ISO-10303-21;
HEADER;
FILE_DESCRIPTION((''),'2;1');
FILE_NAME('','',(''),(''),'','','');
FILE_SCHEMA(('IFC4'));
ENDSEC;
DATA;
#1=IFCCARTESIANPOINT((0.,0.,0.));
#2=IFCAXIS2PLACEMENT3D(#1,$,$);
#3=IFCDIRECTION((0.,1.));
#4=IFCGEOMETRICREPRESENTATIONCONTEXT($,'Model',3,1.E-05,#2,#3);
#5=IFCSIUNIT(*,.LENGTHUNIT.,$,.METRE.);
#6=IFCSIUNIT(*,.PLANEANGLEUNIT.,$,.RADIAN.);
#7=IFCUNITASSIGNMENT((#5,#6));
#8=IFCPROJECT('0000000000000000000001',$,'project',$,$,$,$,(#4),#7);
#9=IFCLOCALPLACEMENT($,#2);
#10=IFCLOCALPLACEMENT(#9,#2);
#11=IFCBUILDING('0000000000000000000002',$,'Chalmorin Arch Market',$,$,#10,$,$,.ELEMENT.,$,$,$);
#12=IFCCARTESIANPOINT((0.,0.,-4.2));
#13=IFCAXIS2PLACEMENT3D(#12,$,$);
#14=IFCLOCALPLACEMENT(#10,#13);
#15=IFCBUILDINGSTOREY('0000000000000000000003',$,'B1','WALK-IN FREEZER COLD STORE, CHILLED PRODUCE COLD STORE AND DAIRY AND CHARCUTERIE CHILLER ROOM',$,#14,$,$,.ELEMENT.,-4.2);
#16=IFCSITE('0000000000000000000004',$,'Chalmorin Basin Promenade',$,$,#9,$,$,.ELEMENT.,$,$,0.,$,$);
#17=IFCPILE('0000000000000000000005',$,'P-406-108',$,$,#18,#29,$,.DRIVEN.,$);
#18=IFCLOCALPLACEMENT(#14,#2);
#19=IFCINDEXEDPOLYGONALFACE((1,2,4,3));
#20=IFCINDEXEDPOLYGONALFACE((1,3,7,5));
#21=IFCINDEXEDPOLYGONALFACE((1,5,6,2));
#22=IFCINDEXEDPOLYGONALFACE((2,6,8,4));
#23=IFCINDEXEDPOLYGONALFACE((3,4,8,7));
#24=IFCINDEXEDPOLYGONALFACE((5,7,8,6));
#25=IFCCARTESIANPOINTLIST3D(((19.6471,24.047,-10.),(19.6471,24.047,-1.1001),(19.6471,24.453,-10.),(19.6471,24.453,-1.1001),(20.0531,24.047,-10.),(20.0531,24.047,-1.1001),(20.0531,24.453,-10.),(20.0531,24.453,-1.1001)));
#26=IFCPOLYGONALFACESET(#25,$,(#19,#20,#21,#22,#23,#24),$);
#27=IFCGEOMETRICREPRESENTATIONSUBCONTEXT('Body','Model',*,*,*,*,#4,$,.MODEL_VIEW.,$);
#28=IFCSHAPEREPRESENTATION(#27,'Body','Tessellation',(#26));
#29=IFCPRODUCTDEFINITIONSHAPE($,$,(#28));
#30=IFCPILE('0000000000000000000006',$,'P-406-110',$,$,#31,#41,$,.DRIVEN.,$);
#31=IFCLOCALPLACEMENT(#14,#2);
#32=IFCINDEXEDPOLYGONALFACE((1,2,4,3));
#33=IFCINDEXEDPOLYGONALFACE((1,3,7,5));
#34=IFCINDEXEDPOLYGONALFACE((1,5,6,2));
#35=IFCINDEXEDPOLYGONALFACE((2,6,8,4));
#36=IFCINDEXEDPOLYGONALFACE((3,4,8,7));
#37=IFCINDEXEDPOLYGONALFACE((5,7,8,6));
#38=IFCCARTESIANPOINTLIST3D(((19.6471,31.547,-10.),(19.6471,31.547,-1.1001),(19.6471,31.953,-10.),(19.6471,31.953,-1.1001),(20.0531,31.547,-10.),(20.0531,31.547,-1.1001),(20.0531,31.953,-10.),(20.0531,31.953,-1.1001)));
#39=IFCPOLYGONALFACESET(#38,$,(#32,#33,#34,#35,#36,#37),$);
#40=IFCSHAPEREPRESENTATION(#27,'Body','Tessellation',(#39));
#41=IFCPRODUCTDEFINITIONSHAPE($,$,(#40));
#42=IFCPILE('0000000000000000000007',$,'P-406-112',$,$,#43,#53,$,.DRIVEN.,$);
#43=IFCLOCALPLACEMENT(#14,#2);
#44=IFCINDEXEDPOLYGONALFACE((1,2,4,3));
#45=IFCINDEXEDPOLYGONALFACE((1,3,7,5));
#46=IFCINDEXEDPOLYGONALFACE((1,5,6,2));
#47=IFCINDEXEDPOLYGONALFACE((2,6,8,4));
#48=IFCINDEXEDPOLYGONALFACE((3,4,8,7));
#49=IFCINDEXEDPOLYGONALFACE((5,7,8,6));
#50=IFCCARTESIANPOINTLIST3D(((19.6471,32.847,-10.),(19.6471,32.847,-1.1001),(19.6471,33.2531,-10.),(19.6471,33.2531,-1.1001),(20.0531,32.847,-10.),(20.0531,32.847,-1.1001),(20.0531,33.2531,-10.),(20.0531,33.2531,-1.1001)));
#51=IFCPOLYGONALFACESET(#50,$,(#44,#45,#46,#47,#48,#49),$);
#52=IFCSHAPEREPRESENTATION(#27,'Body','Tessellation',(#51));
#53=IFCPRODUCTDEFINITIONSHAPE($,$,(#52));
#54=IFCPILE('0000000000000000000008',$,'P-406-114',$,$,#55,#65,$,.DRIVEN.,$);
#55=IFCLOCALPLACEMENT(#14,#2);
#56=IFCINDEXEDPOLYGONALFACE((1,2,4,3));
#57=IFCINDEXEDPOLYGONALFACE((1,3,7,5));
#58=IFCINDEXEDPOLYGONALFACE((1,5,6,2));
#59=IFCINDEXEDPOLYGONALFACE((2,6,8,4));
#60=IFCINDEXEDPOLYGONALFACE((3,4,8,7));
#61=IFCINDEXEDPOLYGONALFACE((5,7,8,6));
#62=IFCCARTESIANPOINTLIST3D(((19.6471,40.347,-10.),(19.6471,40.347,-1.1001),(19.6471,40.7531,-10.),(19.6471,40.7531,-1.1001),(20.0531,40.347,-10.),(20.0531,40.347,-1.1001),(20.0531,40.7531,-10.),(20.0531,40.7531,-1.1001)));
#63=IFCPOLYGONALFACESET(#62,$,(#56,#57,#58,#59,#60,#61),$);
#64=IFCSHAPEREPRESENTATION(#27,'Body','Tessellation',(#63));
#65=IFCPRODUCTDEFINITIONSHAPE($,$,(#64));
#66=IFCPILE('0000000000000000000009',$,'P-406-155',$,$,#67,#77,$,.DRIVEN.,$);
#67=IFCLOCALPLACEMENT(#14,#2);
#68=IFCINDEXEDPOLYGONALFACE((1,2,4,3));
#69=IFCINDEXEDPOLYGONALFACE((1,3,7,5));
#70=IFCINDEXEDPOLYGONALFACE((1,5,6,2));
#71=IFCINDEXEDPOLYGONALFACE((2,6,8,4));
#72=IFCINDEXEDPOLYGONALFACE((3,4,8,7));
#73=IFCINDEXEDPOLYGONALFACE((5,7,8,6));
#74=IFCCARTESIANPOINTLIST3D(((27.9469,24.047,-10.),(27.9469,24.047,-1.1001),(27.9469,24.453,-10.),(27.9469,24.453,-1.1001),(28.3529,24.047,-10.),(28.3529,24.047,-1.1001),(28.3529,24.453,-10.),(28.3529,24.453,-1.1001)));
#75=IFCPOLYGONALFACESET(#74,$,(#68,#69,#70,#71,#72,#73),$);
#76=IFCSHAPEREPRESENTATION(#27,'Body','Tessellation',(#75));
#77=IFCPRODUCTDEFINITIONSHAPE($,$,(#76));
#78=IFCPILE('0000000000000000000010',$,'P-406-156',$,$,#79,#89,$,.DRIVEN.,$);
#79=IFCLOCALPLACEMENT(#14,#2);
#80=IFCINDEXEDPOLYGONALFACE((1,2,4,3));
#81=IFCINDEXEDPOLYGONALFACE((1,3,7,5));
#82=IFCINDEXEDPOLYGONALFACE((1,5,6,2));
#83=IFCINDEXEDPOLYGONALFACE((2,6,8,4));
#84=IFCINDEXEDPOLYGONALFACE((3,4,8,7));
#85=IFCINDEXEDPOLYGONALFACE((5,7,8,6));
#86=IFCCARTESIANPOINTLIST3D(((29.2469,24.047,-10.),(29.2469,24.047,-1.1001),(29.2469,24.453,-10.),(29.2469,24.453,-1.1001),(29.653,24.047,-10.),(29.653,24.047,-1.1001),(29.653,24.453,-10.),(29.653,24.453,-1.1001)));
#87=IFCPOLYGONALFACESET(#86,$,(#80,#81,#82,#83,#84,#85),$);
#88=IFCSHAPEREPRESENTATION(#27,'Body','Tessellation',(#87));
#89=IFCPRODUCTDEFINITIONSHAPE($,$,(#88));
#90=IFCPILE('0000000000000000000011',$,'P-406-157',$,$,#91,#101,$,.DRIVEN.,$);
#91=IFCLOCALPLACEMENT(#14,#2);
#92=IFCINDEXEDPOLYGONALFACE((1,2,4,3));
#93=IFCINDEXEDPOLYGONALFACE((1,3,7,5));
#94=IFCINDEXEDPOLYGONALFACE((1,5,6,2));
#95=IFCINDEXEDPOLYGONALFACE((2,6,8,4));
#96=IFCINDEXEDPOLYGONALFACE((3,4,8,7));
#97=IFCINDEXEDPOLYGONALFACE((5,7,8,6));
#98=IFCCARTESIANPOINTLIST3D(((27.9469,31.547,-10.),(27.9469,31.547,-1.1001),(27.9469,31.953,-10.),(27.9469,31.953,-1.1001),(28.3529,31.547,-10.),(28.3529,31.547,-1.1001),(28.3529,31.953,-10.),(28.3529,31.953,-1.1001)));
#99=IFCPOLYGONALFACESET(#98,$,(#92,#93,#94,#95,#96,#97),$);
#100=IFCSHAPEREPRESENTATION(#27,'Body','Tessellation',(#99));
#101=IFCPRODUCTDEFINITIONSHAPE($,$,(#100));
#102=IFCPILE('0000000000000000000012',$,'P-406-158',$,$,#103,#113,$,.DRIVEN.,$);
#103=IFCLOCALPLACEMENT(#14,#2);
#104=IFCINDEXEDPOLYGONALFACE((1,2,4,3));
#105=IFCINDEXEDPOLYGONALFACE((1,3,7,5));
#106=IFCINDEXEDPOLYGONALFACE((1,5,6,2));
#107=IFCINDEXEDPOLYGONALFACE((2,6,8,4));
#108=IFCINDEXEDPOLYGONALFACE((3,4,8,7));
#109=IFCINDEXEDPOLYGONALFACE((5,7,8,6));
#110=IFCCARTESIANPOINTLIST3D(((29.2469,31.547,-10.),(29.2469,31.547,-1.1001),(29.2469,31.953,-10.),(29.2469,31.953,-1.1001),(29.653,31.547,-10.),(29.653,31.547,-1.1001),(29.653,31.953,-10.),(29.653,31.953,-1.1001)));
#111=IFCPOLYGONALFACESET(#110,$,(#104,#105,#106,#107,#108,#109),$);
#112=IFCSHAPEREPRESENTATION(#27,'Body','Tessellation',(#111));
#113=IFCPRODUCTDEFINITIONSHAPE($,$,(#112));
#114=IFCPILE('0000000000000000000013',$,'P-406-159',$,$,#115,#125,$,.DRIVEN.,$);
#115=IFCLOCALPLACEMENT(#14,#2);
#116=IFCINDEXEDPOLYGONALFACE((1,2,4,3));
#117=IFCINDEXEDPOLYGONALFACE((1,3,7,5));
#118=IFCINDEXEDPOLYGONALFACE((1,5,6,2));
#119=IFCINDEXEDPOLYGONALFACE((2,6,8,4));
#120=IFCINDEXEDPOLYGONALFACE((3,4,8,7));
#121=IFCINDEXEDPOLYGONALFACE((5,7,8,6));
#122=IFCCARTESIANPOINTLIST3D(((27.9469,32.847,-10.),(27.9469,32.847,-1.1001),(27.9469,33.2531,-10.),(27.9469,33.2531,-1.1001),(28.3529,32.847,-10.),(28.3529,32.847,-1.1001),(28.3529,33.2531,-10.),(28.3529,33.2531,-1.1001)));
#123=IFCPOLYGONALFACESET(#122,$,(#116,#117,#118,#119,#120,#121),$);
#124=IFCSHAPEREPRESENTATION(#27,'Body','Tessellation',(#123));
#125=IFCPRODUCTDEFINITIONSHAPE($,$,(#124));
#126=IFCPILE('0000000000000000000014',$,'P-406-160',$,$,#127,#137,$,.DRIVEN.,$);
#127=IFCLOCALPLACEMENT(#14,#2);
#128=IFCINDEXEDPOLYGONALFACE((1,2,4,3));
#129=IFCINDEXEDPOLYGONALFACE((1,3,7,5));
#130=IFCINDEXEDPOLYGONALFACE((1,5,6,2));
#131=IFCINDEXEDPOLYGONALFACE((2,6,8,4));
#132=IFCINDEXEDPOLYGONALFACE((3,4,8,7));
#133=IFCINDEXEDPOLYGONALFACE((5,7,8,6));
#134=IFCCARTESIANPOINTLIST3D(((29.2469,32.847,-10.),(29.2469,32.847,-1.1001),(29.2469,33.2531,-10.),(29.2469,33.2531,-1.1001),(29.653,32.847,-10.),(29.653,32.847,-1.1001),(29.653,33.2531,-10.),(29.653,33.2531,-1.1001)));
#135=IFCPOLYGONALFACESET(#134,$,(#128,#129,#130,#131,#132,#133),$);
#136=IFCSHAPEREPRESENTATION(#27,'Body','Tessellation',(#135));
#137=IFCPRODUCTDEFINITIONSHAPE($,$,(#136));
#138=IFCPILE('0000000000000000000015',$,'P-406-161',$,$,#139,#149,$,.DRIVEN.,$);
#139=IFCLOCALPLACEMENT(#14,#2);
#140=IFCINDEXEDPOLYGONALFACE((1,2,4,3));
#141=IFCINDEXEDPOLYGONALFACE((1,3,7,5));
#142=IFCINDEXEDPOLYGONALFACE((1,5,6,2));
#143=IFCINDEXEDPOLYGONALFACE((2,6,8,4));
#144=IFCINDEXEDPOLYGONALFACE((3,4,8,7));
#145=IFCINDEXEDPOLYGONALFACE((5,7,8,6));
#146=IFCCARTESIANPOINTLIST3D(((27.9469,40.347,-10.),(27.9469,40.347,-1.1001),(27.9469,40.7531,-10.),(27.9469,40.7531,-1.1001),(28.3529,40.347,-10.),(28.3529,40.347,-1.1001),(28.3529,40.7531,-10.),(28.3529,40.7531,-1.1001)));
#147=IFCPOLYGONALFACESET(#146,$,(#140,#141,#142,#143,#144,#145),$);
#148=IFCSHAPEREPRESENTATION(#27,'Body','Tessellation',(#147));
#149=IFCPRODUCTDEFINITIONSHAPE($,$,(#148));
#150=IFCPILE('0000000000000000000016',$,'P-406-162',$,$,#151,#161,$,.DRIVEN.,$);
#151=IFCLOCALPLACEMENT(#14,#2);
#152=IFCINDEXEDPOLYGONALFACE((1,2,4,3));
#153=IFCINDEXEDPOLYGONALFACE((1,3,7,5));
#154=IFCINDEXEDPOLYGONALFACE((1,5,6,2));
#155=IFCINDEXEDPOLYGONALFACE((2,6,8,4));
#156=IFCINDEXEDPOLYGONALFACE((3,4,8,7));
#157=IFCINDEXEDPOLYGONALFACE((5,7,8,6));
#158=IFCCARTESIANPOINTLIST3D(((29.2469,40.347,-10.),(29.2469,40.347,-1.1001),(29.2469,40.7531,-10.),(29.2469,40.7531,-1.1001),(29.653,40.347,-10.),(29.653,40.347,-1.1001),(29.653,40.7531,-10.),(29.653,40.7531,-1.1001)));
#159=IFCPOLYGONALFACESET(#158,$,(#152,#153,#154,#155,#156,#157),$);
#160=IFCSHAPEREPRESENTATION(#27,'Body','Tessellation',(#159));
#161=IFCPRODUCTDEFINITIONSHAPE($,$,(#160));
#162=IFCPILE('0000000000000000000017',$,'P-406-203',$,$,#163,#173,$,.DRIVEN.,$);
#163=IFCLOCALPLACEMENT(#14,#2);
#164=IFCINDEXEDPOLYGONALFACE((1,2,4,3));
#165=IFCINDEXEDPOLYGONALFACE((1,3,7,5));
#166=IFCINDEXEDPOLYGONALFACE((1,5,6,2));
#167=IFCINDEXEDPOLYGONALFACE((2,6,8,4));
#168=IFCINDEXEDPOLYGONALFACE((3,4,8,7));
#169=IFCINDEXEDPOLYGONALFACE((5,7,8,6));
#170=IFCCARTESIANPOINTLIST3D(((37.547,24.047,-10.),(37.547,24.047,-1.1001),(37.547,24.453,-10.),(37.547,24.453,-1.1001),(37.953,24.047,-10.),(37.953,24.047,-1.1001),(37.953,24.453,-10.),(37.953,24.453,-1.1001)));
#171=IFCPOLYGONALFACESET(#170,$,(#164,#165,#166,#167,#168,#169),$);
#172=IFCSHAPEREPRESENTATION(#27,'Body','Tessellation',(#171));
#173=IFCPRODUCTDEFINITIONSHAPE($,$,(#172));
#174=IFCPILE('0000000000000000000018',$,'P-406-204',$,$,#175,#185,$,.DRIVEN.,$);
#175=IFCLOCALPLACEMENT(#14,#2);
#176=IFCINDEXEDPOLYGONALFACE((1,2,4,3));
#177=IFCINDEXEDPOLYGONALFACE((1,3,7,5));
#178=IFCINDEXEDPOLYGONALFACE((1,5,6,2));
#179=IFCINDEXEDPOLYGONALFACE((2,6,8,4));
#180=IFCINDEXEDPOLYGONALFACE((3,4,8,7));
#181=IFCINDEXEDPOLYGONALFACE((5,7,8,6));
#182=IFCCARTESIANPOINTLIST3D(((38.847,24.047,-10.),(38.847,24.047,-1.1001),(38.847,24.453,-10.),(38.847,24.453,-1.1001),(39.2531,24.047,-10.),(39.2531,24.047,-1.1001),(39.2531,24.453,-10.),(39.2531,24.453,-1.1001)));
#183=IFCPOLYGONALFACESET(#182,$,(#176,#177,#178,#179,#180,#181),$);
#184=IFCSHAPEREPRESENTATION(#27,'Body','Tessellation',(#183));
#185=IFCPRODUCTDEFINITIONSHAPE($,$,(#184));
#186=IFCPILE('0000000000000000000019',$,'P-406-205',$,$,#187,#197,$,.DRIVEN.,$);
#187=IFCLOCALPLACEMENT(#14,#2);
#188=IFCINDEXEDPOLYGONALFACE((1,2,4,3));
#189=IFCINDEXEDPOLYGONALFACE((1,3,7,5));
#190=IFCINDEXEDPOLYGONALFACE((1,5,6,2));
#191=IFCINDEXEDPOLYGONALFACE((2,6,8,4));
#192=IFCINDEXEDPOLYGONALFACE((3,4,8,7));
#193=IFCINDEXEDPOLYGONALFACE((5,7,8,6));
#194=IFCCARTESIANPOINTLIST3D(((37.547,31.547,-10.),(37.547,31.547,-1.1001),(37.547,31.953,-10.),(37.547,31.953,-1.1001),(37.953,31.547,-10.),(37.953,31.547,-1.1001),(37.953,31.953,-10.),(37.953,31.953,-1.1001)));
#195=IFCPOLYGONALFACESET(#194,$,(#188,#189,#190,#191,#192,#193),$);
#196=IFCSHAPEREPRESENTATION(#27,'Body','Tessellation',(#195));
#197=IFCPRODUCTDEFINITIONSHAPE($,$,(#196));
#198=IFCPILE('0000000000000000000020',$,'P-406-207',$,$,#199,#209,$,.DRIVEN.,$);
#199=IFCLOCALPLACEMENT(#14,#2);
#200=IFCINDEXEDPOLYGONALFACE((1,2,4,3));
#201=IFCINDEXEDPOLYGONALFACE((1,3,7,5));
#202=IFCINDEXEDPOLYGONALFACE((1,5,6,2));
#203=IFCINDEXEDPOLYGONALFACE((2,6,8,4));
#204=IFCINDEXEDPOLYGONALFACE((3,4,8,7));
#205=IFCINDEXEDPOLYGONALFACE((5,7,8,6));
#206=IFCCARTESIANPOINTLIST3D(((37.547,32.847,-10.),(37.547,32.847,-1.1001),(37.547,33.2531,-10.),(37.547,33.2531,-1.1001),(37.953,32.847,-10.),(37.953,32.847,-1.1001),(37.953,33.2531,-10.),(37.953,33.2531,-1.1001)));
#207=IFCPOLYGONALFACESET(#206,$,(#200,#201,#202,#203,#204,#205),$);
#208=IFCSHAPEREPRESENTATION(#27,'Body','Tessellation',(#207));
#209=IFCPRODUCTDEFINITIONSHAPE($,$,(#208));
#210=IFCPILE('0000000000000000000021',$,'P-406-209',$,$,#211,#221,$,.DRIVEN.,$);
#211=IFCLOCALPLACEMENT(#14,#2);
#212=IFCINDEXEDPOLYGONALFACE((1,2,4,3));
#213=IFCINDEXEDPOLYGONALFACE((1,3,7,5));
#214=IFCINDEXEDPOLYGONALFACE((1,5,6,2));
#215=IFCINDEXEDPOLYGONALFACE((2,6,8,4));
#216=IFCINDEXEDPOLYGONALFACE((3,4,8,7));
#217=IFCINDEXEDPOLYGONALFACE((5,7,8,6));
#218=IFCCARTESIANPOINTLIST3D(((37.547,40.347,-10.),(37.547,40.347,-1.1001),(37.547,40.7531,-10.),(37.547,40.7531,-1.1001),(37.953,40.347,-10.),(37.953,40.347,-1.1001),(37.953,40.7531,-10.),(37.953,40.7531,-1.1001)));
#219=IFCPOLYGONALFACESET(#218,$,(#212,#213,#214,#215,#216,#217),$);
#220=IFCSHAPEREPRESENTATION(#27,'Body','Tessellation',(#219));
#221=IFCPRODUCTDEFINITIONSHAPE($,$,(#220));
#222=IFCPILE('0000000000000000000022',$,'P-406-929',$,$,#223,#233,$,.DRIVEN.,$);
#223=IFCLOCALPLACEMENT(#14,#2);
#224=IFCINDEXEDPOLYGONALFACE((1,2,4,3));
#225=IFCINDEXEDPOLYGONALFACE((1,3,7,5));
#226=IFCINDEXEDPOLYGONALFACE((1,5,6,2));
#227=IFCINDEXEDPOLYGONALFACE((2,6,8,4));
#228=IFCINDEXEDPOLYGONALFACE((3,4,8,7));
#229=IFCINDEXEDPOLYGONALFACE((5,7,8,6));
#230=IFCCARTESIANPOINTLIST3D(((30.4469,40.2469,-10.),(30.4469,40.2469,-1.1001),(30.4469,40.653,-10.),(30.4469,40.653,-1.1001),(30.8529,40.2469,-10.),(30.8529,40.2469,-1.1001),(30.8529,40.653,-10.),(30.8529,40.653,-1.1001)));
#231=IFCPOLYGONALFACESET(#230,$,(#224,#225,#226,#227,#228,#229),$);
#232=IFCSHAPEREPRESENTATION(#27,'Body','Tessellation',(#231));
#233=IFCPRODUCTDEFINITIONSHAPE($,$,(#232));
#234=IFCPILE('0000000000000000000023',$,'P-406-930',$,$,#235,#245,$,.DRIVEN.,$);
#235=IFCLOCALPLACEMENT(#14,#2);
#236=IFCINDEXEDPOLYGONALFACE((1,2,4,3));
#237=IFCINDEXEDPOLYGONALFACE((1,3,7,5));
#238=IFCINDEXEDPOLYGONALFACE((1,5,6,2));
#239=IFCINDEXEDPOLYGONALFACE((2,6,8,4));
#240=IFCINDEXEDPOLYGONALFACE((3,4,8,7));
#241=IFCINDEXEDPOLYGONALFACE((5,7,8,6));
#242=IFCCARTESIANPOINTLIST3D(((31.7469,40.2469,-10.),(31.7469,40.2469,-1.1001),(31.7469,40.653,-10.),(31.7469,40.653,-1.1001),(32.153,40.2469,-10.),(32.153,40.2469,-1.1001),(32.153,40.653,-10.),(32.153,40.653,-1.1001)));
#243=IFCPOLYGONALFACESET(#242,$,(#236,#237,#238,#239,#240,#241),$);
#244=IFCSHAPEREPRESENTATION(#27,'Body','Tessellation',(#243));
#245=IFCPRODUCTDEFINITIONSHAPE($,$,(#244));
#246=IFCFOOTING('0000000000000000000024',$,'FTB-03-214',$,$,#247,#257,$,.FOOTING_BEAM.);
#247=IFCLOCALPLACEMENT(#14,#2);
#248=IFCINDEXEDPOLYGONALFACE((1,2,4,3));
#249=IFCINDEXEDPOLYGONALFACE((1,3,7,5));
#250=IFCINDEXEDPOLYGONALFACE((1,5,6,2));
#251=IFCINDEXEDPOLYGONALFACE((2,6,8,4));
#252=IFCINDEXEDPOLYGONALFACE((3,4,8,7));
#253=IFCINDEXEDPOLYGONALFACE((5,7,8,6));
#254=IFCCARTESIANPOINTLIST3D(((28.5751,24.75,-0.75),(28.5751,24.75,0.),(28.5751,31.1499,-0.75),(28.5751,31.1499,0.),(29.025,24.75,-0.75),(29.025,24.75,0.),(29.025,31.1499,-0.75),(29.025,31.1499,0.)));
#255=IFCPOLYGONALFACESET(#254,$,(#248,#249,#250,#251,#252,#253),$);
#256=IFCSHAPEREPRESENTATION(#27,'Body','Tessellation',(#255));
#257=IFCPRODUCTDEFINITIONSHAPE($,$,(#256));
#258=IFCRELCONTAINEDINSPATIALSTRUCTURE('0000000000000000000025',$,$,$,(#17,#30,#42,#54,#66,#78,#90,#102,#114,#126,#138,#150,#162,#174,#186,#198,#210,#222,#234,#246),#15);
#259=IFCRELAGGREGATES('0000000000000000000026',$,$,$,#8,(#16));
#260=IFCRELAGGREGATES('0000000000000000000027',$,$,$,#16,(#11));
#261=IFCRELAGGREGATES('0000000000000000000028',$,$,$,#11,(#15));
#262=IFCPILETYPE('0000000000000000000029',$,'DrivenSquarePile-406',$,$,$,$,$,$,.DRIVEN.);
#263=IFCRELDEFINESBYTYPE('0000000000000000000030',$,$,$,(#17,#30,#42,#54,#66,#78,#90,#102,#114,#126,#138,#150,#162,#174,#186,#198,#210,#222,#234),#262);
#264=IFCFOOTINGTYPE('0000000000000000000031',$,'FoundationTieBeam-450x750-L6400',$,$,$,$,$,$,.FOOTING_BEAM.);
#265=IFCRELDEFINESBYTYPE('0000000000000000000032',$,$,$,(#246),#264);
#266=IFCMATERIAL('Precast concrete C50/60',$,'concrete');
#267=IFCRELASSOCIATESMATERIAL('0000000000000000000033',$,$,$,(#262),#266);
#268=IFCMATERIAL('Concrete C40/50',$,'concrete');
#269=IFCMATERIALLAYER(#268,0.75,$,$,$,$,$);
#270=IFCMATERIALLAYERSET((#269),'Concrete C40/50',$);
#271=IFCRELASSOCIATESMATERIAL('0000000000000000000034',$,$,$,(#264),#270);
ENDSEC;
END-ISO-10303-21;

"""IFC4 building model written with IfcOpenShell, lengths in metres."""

from ifc_helpers import new_model, si_unit, direction, frame, origin, origin_2d, place, context, subcontext, project, spatial, rectangle, extrude, material, layer, layer_set, material_profile, profile_set, type_object, element, save


model = new_model("IFC4")

# Units and contexts
model_context = context("Model", 3, precision=1e-05, world=origin(), true_north=direction((0.0, 1.0)))
body_context = subcontext(model_context, "Body", "Model", "MODEL_VIEW")
ifc_project = project(units=[si_unit("LENGTHUNIT", "METRE"), si_unit("PLANEANGLEUNIT", "RADIAN")], contexts=[model_context])

# Site, building, storey
site_placement = place(None, origin())
site = spatial("IfcSite", under=ifc_project, at=site_placement, Name="Chalmorin Basin Promenade", CompositionType="ELEMENT", RefElevation=0.0)
building_placement = place(site_placement, origin())
building = spatial("IfcBuilding", under=site, at=building_placement, Name="Chalmorin Arch Market", CompositionType="ELEMENT")
storey_placement = place(building_placement, frame((0.0, 0.0, -4.2)))
storey = spatial("IfcBuildingStorey", under=building, at=storey_placement, Name="B1", Description="WALK-IN FREEZER COLD STORE, CHILLED PRODUCE COLD STORE AND DAIRY AND CHARCUTERIE CHILLER ROOM", CompositionType="ELEMENT", Elevation=-4.2)

# Piles
ifc_material_1 = material(Name="Precast concrete C50/60", Category="concrete")
ifc_material_profile_1 = material_profile(ifc_material_1, rectangle(XDim=0.406, YDim=0.406, at=origin_2d()), Name="PPC406")
ifc_profile_set_1 = profile_set([ifc_material_profile_1], Name="Precast concrete C50/60")
pile_type = type_object("IfcPileType", Name="DrivenSquarePile-406", PredefinedType="DRIVEN", material=ifc_profile_set_1)
for number, where, z_axis, x_axis, name in (
    (1, (19.8501, 24.25, -1.1001), (0.0, 0.0, -1.0), (1.0, 0.0, 0.0), "P-406-108"),
    (2, (19.8501, 31.75, -1.1001), (0.0, 0.0, -1.0), (1.0, 0.0, 0.0), "P-406-110"),
    (3, (19.8501, 33.05, -1.1001), (0.0, 0.0, -1.0), (1.0, 0.0, 0.0), "P-406-112"),
    (4, (19.8501, 40.55, -1.1001), (0.0, 0.0, -1.0), (1.0, 0.0, 0.0), "P-406-114"),
    (5, (28.1499, 24.25, -1.1001), (0.0, 0.0, -1.0), (1.0, 0.0, 0.0), "P-406-155"),
    (6, (29.45, 24.25, -1.1001), (0.0, 0.0, -1.0), (1.0, 0.0, 0.0), "P-406-156"),
    (7, (28.1499, 31.75, -1.1001), (0.0, 0.0, -1.0), (1.0, 0.0, 0.0), "P-406-157"),
    (8, (29.45, 31.75, -1.1001), (0.0, 0.0, -1.0), (1.0, 0.0, 0.0), "P-406-158"),
    (9, (28.1499, 33.05, -1.1001), (0.0, 0.0, -1.0), (1.0, 0.0, 0.0), "P-406-159"),
    (10, (29.45, 33.05, -1.1001), (0.0, 0.0, -1.0), (1.0, 0.0, 0.0), "P-406-160"),
    (11, (28.1499, 40.55, -1.1001), (0.0, 0.0, -1.0), (1.0, 0.0, 0.0), "P-406-161"),
    (12, (29.45, 40.55, -1.1001), (0.0, 0.0, -1.0), (1.0, 0.0, 0.0), "P-406-162"),
    (13, (37.75, 24.25, -1.1001), (0.0, 0.0, -1.0), (1.0, 0.0, 0.0), "P-406-203"),
    (14, (39.05, 24.25, -1.1001), (0.0, 0.0, -1.0), (1.0, 0.0, 0.0), "P-406-204"),
    (15, (37.75, 31.75, -1.1001), (0.0, 0.0, -1.0), (1.0, 0.0, 0.0), "P-406-205"),
    (16, (37.75, 33.05, -1.1001), (0.0, 0.0, -1.0), (1.0, 0.0, 0.0), "P-406-207"),
    (17, (37.75, 40.55, -1.1001), (0.0, 0.0, -1.0), (1.0, 0.0, 0.0), "P-406-209"),
    (18, (30.6499, 40.45, -1.1001), (0.0, 0.0, -1.0), (1.0, 0.0, 0.0), "P-406-929"),
    (19, (31.95, 40.45, -1.1001), (0.0, 0.0, -1.0), (1.0, 0.0, 0.0), "P-406-930"),
):
    element("IfcPile", number, at=place(storey_placement, frame(where, z_axis=z_axis, x_axis=x_axis)), inside=storey, type_object=pile_type, Name=name, PredefinedType="DRIVEN", context=body_context, shape_type="SweptSolid", body=[
        extrude(rectangle(XDim=0.406, YDim=0.406, at=origin_2d()), origin(), (0.0, 0.0, 1.0), 8.8999),
    ])

# Footing
ifc_material_2 = material(Name="Concrete C40/50", Category="concrete")
ifc_layer_1 = layer(ifc_material_2, 0.75)
ifc_layer_set_1 = layer_set([ifc_layer_1], Name="Concrete C40/50")
footing_type_1 = type_object("IfcFootingType", Name="FoundationTieBeam-450x750-L6400", PredefinedType="FOOTING_BEAM", material=ifc_layer_set_1)
for number, where, z_axis, x_axis, name in (
    (20, (28.8, 27.95, -0.75), (0.0, 0.0, 1.0), (0.0, 1.0, 0.0), "FTB-03-214"),
):
    element("IfcFooting", number, at=place(storey_placement, frame(where, z_axis=z_axis, x_axis=x_axis)), inside=storey, type_object=footing_type_1, Name=name, PredefinedType="FOOTING_BEAM", context=body_context, shape_type="SweptSolid", body=[
        extrude(rectangle(XDim=6.3999, YDim=0.45, at=origin_2d()), origin(), (0.0, 0.0, 1.0), 0.75),
    ])

save(model, "model.ifc")
